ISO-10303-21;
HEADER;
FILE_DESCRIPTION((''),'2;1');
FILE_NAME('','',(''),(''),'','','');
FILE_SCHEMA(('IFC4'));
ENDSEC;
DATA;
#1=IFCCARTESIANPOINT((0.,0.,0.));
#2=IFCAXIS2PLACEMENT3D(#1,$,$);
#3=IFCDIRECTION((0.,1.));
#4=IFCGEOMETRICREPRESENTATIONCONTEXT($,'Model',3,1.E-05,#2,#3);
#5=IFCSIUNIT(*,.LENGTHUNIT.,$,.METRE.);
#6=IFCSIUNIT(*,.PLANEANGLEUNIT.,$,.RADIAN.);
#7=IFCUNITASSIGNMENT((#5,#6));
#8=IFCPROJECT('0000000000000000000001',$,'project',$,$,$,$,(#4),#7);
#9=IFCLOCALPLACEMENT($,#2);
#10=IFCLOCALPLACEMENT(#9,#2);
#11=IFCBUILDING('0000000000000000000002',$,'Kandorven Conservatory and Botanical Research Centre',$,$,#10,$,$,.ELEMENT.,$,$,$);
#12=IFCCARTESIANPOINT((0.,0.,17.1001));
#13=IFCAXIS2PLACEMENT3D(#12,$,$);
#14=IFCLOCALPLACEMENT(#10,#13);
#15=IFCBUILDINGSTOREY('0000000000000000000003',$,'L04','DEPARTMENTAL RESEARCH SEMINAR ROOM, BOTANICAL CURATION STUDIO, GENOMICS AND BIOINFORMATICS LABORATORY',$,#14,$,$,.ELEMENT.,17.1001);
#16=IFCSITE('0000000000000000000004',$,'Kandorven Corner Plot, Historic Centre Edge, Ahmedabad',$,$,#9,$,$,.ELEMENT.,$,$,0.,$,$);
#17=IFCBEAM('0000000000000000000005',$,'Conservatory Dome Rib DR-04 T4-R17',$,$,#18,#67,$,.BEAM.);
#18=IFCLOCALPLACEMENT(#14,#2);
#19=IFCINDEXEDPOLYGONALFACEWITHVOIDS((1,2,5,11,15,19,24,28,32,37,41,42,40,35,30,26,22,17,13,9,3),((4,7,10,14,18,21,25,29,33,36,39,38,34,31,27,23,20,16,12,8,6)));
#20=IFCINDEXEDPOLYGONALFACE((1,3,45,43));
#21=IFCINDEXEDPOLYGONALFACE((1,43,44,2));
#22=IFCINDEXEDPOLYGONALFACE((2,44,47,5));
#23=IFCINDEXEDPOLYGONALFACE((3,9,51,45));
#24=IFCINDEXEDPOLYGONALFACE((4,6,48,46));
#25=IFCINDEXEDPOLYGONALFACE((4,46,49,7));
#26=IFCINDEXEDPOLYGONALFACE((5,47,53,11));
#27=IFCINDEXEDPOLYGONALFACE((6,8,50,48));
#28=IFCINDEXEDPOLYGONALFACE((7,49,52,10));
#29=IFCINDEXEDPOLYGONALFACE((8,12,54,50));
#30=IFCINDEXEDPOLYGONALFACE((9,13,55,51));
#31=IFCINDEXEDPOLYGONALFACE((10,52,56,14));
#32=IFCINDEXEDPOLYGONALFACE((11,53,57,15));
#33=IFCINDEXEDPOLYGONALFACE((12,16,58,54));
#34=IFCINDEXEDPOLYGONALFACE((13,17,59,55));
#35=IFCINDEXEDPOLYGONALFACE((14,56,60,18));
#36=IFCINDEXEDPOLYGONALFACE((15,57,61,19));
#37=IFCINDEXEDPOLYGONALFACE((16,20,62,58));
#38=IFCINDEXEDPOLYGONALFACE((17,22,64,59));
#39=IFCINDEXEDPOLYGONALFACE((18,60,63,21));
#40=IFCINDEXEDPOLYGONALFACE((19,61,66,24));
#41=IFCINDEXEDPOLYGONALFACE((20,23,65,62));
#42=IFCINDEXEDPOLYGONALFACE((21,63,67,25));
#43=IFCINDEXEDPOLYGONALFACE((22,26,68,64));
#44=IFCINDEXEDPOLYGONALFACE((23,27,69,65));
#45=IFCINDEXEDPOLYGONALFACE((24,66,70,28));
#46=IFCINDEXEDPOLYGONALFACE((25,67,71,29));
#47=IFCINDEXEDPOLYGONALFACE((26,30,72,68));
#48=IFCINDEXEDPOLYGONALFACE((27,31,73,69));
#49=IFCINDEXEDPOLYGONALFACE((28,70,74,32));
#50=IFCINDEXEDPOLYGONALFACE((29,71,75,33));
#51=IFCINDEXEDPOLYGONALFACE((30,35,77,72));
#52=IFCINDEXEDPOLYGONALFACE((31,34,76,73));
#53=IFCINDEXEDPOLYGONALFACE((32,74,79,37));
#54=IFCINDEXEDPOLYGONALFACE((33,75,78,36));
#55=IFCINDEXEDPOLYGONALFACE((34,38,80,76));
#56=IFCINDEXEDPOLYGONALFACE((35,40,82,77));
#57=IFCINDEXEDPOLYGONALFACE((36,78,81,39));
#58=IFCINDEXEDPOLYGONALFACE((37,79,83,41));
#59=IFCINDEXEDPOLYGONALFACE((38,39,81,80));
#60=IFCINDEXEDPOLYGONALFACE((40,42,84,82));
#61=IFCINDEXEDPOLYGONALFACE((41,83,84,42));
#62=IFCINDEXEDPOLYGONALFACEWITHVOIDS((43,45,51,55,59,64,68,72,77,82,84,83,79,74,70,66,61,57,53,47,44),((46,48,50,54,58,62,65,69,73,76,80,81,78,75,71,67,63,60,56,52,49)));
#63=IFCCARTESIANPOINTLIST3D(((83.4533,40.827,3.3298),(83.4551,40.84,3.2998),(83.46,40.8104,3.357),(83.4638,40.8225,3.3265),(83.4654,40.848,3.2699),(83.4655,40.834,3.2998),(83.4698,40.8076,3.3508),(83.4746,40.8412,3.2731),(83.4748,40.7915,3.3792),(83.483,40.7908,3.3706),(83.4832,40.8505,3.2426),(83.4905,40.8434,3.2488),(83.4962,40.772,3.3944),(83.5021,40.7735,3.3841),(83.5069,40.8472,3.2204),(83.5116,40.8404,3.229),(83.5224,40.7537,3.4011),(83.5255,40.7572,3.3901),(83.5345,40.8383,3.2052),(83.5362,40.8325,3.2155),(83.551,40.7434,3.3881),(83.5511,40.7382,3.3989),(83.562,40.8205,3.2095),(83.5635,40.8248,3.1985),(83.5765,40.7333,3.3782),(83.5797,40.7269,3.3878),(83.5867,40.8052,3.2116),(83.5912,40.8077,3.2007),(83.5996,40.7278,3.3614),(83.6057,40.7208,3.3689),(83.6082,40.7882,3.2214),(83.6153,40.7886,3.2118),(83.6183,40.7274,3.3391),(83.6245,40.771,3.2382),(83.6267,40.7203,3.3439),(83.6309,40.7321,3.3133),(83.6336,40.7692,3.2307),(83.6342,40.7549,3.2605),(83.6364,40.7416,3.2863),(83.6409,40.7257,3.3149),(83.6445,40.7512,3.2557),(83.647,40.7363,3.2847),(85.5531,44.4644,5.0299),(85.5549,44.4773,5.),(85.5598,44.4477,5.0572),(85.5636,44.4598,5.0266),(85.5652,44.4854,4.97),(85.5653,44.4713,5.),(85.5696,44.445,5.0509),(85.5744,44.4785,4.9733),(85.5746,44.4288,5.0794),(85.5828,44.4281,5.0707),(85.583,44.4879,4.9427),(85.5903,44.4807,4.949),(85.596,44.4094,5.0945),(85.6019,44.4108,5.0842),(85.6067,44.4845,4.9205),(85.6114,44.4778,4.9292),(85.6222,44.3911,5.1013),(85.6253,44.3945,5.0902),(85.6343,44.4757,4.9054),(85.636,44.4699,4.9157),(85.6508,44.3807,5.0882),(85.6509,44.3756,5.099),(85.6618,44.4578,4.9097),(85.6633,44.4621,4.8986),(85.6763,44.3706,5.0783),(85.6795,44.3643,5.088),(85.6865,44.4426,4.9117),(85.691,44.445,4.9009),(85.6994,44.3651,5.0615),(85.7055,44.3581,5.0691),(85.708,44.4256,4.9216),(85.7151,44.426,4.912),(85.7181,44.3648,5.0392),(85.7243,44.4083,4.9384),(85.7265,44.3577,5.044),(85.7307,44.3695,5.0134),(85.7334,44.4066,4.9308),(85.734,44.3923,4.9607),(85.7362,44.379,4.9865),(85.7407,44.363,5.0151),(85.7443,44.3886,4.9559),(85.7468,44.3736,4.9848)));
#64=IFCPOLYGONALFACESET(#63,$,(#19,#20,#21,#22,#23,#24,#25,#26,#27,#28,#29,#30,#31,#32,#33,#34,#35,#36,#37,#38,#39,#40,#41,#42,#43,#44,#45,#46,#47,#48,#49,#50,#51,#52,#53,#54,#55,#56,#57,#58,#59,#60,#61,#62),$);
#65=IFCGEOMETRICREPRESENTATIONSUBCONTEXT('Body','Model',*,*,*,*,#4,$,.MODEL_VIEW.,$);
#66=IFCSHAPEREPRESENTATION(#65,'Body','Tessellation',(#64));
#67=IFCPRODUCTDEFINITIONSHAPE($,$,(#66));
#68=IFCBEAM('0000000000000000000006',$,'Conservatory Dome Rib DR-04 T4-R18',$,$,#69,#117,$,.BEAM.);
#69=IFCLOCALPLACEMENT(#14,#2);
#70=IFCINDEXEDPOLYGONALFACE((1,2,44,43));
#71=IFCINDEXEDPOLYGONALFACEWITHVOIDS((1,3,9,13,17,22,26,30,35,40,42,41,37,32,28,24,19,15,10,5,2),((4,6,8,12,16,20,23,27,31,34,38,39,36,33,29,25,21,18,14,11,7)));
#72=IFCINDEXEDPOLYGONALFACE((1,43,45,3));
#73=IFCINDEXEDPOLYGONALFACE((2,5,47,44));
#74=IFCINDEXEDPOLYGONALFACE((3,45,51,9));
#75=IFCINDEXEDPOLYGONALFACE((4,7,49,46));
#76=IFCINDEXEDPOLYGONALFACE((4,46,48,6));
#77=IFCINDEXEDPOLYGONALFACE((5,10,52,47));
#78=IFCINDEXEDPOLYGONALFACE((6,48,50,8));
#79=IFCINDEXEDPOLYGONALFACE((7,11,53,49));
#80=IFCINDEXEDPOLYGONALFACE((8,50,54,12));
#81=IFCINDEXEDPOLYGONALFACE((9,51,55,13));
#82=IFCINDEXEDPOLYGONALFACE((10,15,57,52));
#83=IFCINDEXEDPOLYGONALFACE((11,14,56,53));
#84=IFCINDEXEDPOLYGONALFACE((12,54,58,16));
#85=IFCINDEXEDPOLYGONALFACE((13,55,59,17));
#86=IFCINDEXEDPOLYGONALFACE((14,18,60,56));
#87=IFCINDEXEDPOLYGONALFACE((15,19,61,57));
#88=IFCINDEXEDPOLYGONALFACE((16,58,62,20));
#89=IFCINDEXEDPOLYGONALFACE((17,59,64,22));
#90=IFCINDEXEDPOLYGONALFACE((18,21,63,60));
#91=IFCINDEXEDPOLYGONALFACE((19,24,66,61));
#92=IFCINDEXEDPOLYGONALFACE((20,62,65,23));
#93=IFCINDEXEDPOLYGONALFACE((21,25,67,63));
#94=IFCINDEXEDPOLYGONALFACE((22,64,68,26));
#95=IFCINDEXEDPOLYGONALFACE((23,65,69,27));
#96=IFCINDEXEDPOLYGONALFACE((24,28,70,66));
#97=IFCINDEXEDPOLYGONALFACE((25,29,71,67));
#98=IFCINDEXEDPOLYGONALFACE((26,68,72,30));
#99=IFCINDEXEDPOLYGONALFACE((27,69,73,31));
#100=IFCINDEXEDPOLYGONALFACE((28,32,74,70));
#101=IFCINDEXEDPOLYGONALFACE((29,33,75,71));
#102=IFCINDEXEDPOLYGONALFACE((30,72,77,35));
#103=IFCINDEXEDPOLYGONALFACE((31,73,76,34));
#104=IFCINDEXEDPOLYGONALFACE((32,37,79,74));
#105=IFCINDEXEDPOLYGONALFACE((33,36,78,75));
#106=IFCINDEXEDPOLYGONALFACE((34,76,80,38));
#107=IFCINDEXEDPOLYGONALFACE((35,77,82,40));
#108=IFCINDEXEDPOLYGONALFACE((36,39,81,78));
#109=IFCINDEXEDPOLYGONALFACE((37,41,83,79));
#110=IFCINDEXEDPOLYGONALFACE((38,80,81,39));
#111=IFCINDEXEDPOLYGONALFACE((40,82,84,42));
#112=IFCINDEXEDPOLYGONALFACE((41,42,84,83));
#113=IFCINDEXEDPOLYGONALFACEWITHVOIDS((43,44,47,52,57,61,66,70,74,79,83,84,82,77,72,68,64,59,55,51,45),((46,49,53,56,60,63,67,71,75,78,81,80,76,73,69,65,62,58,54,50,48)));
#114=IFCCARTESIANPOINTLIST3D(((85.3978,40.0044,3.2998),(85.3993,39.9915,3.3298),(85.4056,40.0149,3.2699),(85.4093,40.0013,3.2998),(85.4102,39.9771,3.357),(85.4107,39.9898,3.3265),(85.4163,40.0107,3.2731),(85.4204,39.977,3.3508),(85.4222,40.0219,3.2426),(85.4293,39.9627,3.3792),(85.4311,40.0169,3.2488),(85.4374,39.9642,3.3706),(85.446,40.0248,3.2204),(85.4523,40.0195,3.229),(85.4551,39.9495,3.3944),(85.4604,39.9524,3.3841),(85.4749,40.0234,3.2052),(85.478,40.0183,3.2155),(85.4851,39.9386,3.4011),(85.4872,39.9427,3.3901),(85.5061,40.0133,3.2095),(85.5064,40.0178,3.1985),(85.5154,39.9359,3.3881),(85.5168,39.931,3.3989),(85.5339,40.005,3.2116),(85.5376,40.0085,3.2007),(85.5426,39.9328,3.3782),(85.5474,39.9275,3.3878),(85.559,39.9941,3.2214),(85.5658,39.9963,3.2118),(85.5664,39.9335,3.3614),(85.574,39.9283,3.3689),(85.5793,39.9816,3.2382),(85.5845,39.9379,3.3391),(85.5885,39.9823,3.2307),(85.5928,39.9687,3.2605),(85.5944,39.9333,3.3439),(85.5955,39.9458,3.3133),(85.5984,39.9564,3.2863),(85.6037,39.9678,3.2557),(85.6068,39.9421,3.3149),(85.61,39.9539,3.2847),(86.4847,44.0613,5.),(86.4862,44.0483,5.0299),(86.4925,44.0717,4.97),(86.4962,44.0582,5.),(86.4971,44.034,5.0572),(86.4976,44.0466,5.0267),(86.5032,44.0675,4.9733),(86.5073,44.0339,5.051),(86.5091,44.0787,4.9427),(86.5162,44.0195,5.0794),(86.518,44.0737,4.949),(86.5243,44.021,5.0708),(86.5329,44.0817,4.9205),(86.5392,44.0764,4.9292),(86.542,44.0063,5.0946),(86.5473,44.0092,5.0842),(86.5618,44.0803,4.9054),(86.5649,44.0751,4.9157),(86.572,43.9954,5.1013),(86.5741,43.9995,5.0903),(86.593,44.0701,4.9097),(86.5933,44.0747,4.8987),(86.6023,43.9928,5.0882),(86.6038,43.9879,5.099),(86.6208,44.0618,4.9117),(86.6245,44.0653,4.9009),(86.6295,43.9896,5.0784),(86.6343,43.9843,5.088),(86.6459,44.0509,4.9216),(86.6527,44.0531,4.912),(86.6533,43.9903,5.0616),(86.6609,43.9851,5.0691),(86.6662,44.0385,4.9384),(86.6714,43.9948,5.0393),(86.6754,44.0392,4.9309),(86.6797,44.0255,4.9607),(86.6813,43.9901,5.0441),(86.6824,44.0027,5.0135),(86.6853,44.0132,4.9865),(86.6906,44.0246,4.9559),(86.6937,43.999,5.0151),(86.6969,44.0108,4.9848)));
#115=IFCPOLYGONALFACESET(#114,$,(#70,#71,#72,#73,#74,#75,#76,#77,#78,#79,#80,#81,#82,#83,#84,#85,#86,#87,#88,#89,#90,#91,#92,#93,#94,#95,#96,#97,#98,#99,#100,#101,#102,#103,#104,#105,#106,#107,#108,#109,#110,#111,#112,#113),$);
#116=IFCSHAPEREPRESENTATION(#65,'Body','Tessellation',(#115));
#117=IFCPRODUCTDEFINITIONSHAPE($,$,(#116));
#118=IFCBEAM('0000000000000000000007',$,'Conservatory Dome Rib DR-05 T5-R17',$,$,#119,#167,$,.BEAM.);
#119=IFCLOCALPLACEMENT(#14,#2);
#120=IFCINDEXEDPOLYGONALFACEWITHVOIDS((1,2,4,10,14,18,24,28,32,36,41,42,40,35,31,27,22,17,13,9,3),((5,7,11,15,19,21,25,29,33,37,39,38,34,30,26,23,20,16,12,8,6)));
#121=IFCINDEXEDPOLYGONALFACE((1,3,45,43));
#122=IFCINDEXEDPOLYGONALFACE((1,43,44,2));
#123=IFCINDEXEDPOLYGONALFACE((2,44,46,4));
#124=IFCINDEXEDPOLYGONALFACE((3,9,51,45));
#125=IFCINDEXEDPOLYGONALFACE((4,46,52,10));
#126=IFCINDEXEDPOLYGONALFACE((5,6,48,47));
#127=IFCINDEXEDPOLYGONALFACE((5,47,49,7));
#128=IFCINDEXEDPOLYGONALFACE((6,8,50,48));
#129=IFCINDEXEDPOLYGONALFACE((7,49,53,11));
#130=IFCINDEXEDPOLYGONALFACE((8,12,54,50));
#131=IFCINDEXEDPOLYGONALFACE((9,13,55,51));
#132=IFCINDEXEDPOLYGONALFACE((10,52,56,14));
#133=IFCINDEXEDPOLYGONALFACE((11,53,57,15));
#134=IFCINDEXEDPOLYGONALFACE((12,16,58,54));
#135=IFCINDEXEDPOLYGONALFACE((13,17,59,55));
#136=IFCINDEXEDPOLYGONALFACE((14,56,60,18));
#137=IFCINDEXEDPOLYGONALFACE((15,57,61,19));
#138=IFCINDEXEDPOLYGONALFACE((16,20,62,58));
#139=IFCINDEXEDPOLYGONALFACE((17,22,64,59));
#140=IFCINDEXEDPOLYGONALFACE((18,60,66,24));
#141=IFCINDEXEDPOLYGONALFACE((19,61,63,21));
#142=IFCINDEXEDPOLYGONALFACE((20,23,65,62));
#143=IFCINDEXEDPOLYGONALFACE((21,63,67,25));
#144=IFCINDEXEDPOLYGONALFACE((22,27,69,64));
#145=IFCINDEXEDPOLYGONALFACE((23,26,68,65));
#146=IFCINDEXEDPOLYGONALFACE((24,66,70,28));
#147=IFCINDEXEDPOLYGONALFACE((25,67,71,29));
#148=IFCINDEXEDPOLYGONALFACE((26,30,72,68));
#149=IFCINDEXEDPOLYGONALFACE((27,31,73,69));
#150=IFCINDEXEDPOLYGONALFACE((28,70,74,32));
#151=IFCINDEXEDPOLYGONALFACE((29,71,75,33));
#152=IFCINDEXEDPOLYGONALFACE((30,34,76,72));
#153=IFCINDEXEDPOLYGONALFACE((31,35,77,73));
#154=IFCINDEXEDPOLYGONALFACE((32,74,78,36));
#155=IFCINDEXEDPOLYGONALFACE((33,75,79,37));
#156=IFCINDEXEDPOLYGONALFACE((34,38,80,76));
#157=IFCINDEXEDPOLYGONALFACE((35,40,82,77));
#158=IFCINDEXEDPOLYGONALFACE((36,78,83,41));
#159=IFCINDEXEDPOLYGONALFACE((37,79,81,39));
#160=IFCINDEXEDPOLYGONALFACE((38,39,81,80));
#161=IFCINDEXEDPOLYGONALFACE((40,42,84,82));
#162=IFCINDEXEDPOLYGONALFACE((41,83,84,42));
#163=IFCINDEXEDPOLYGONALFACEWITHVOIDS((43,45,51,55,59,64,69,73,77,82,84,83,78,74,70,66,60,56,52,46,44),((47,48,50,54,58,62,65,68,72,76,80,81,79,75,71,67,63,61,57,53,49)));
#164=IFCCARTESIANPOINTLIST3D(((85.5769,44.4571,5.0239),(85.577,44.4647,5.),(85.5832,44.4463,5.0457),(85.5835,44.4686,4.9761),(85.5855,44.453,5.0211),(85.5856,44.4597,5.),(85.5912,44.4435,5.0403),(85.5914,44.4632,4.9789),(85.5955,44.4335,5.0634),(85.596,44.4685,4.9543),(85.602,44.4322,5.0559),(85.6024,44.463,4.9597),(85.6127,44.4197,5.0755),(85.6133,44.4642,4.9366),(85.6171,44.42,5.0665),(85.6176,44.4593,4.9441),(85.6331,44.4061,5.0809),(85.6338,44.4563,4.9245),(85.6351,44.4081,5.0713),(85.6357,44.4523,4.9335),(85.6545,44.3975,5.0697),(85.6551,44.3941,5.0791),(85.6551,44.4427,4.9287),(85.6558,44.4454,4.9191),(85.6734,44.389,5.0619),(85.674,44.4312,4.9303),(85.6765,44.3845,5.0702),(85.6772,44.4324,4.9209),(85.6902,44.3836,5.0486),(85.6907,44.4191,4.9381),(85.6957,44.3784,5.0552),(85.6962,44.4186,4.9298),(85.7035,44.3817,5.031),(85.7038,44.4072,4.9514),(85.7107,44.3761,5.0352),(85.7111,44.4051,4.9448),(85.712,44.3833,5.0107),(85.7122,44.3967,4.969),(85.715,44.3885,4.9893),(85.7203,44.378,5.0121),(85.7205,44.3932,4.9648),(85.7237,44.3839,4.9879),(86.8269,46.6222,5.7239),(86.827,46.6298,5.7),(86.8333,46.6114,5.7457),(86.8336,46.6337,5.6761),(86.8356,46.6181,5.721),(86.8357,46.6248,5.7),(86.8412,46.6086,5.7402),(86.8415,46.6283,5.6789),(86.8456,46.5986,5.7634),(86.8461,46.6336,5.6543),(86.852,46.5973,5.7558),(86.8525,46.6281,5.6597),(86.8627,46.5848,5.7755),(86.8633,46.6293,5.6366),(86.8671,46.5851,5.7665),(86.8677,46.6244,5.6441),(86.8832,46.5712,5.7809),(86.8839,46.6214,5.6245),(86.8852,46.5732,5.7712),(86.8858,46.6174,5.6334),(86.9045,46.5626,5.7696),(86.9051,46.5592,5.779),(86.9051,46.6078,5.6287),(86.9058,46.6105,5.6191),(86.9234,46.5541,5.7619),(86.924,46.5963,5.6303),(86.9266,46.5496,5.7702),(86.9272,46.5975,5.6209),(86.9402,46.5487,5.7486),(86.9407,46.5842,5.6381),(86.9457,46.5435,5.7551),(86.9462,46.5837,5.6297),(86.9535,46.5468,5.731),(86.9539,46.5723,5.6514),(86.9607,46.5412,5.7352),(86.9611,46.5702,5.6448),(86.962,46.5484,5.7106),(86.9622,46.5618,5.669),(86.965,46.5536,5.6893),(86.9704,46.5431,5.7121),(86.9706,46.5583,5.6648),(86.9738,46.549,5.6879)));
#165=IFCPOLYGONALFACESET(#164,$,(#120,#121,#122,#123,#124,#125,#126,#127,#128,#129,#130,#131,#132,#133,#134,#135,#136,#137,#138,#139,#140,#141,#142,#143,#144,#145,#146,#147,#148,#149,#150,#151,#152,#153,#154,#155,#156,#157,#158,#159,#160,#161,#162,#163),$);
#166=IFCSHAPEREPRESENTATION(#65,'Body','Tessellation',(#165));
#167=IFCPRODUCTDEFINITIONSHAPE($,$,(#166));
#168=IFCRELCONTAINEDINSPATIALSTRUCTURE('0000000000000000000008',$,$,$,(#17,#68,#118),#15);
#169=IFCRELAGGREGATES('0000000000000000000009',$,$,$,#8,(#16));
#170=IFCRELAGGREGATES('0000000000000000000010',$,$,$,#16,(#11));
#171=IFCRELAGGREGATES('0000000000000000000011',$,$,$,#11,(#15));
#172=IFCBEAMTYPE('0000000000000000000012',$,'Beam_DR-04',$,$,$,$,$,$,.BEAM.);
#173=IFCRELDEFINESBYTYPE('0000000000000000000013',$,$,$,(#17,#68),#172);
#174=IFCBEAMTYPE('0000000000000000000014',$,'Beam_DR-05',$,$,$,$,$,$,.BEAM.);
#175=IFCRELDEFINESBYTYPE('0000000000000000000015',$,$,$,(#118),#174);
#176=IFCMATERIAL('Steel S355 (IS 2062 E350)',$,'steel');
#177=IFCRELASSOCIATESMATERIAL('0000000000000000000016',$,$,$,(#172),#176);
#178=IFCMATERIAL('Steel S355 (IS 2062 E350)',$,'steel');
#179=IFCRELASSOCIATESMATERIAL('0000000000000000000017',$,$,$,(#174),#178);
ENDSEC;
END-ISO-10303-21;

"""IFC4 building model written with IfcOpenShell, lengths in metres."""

from ifc_helpers import new_model, si_unit, direction, frame, origin, origin_2d, place, context, subcontext, project, spatial, hollow_circle, extrude, material, material_profile, profile_set, type_object, element, save


model = new_model("IFC4")

# Units and contexts
model_context = context("Model", 3, precision=1e-05, world=origin(), true_north=direction((0.0, 1.0)))
body_context = subcontext(model_context, "Body", "Model", "MODEL_VIEW")
ifc_project = project(units=[si_unit("LENGTHUNIT", "METRE"), si_unit("PLANEANGLEUNIT", "RADIAN")], contexts=[model_context])

# Site, building, storey
site_placement = place(None, origin())
site = spatial("IfcSite", under=ifc_project, at=site_placement, Name="Kandorven Corner Plot, Historic Centre Edge, Ahmedabad", CompositionType="ELEMENT", RefElevation=0.0)
building_placement = place(site_placement, origin())
building = spatial("IfcBuilding", under=site, at=building_placement, Name="Kandorven Conservatory and Botanical Research Centre", CompositionType="ELEMENT")
storey_placement = place(building_placement, frame((0.0, 0.0, 17.1001)))
storey = spatial("IfcBuildingStorey", under=building, at=storey_placement, Name="L04", Description="DEPARTMENTAL RESEARCH SEMINAR ROOM, BOTANICAL CURATION STUDIO, GENOMICS AND BIOINFORMATICS LABORATORY", CompositionType="ELEMENT", Elevation=17.1001)

# Beams
ifc_material_1 = material(Name="Steel S355 (IS 2062 E350)", Category="steel")
ifc_material_profile_1 = material_profile(ifc_material_1, hollow_circle(Radius=0.1096, WallThickness=0.012, at=origin_2d()))
ifc_profile_set_1 = profile_set([ifc_material_profile_1], Name="Steel S355 (IS 2062 E350)")
beam_type_1 = type_object("IfcBeamType", Name="Beam_DR-04", PredefinedType="BEAM", material=ifc_profile_set_1)
for number, where, z_axis, x_axis, name in (
    (1, (83.55, 40.7852, 3.2998), (0.463429, 0.80277, 0.375226), (-0.866049, 0.499959, 0.0), "Conservatory Dome Rib DR-04 T4-R17"),
    (2, (85.5037, 39.9761, 3.2998), (0.239882, 0.895353, 0.375233), (-0.965933, 0.258791, 0.0), "Conservatory Dome Rib DR-04 T4-R18"),
):
    element("IfcBeam", number, at=place(storey_placement, frame(where, z_axis=z_axis, x_axis=x_axis)), inside=storey, type_object=beam_type_1, Name=name, PredefinedType="BEAM", context=body_context, shape_type="SweptSolid", body=[
        extrude(hollow_circle(Radius=0.1096, WallThickness=0.012, at=origin_2d()), origin(), (0.0, 0.0, 1.0), 4.531),
    ])
ifc_material_2 = material(Name="Steel S355 (IS 2062 E350)", Category="steel")
ifc_material_profile_2 = material_profile(ifc_material_2, hollow_circle(Radius=0.0842, WallThickness=0.01, at=origin_2d()))
ifc_profile_set_2 = profile_set([ifc_material_profile_2], Name="Steel S355 (IS 2062 E350)")
beam_type_2 = type_object("IfcBeamType", Name="Beam_DR-05", PredefinedType="BEAM", material=ifc_profile_set_2)
beam_placement = place(storey_placement, frame((85.6499, 44.4226, 5.0), z_axis=(0.481488, 0.833953, 0.269615), x_axis=(-0.866023, 0.500004, 0.0)))
element("IfcBeam", 3, at=beam_placement, inside=storey, type_object=beam_type_2, Name="Conservatory Dome Rib DR-05 T5-R17", PredefinedType="BEAM", context=body_context, shape_type="SweptSolid", body=[
    extrude(hollow_circle(Radius=0.0842, WallThickness=0.01, at=origin_2d()), origin(), (0.0, 0.0, 1.0), 2.5962),
])

save(model, "model.ifc")
